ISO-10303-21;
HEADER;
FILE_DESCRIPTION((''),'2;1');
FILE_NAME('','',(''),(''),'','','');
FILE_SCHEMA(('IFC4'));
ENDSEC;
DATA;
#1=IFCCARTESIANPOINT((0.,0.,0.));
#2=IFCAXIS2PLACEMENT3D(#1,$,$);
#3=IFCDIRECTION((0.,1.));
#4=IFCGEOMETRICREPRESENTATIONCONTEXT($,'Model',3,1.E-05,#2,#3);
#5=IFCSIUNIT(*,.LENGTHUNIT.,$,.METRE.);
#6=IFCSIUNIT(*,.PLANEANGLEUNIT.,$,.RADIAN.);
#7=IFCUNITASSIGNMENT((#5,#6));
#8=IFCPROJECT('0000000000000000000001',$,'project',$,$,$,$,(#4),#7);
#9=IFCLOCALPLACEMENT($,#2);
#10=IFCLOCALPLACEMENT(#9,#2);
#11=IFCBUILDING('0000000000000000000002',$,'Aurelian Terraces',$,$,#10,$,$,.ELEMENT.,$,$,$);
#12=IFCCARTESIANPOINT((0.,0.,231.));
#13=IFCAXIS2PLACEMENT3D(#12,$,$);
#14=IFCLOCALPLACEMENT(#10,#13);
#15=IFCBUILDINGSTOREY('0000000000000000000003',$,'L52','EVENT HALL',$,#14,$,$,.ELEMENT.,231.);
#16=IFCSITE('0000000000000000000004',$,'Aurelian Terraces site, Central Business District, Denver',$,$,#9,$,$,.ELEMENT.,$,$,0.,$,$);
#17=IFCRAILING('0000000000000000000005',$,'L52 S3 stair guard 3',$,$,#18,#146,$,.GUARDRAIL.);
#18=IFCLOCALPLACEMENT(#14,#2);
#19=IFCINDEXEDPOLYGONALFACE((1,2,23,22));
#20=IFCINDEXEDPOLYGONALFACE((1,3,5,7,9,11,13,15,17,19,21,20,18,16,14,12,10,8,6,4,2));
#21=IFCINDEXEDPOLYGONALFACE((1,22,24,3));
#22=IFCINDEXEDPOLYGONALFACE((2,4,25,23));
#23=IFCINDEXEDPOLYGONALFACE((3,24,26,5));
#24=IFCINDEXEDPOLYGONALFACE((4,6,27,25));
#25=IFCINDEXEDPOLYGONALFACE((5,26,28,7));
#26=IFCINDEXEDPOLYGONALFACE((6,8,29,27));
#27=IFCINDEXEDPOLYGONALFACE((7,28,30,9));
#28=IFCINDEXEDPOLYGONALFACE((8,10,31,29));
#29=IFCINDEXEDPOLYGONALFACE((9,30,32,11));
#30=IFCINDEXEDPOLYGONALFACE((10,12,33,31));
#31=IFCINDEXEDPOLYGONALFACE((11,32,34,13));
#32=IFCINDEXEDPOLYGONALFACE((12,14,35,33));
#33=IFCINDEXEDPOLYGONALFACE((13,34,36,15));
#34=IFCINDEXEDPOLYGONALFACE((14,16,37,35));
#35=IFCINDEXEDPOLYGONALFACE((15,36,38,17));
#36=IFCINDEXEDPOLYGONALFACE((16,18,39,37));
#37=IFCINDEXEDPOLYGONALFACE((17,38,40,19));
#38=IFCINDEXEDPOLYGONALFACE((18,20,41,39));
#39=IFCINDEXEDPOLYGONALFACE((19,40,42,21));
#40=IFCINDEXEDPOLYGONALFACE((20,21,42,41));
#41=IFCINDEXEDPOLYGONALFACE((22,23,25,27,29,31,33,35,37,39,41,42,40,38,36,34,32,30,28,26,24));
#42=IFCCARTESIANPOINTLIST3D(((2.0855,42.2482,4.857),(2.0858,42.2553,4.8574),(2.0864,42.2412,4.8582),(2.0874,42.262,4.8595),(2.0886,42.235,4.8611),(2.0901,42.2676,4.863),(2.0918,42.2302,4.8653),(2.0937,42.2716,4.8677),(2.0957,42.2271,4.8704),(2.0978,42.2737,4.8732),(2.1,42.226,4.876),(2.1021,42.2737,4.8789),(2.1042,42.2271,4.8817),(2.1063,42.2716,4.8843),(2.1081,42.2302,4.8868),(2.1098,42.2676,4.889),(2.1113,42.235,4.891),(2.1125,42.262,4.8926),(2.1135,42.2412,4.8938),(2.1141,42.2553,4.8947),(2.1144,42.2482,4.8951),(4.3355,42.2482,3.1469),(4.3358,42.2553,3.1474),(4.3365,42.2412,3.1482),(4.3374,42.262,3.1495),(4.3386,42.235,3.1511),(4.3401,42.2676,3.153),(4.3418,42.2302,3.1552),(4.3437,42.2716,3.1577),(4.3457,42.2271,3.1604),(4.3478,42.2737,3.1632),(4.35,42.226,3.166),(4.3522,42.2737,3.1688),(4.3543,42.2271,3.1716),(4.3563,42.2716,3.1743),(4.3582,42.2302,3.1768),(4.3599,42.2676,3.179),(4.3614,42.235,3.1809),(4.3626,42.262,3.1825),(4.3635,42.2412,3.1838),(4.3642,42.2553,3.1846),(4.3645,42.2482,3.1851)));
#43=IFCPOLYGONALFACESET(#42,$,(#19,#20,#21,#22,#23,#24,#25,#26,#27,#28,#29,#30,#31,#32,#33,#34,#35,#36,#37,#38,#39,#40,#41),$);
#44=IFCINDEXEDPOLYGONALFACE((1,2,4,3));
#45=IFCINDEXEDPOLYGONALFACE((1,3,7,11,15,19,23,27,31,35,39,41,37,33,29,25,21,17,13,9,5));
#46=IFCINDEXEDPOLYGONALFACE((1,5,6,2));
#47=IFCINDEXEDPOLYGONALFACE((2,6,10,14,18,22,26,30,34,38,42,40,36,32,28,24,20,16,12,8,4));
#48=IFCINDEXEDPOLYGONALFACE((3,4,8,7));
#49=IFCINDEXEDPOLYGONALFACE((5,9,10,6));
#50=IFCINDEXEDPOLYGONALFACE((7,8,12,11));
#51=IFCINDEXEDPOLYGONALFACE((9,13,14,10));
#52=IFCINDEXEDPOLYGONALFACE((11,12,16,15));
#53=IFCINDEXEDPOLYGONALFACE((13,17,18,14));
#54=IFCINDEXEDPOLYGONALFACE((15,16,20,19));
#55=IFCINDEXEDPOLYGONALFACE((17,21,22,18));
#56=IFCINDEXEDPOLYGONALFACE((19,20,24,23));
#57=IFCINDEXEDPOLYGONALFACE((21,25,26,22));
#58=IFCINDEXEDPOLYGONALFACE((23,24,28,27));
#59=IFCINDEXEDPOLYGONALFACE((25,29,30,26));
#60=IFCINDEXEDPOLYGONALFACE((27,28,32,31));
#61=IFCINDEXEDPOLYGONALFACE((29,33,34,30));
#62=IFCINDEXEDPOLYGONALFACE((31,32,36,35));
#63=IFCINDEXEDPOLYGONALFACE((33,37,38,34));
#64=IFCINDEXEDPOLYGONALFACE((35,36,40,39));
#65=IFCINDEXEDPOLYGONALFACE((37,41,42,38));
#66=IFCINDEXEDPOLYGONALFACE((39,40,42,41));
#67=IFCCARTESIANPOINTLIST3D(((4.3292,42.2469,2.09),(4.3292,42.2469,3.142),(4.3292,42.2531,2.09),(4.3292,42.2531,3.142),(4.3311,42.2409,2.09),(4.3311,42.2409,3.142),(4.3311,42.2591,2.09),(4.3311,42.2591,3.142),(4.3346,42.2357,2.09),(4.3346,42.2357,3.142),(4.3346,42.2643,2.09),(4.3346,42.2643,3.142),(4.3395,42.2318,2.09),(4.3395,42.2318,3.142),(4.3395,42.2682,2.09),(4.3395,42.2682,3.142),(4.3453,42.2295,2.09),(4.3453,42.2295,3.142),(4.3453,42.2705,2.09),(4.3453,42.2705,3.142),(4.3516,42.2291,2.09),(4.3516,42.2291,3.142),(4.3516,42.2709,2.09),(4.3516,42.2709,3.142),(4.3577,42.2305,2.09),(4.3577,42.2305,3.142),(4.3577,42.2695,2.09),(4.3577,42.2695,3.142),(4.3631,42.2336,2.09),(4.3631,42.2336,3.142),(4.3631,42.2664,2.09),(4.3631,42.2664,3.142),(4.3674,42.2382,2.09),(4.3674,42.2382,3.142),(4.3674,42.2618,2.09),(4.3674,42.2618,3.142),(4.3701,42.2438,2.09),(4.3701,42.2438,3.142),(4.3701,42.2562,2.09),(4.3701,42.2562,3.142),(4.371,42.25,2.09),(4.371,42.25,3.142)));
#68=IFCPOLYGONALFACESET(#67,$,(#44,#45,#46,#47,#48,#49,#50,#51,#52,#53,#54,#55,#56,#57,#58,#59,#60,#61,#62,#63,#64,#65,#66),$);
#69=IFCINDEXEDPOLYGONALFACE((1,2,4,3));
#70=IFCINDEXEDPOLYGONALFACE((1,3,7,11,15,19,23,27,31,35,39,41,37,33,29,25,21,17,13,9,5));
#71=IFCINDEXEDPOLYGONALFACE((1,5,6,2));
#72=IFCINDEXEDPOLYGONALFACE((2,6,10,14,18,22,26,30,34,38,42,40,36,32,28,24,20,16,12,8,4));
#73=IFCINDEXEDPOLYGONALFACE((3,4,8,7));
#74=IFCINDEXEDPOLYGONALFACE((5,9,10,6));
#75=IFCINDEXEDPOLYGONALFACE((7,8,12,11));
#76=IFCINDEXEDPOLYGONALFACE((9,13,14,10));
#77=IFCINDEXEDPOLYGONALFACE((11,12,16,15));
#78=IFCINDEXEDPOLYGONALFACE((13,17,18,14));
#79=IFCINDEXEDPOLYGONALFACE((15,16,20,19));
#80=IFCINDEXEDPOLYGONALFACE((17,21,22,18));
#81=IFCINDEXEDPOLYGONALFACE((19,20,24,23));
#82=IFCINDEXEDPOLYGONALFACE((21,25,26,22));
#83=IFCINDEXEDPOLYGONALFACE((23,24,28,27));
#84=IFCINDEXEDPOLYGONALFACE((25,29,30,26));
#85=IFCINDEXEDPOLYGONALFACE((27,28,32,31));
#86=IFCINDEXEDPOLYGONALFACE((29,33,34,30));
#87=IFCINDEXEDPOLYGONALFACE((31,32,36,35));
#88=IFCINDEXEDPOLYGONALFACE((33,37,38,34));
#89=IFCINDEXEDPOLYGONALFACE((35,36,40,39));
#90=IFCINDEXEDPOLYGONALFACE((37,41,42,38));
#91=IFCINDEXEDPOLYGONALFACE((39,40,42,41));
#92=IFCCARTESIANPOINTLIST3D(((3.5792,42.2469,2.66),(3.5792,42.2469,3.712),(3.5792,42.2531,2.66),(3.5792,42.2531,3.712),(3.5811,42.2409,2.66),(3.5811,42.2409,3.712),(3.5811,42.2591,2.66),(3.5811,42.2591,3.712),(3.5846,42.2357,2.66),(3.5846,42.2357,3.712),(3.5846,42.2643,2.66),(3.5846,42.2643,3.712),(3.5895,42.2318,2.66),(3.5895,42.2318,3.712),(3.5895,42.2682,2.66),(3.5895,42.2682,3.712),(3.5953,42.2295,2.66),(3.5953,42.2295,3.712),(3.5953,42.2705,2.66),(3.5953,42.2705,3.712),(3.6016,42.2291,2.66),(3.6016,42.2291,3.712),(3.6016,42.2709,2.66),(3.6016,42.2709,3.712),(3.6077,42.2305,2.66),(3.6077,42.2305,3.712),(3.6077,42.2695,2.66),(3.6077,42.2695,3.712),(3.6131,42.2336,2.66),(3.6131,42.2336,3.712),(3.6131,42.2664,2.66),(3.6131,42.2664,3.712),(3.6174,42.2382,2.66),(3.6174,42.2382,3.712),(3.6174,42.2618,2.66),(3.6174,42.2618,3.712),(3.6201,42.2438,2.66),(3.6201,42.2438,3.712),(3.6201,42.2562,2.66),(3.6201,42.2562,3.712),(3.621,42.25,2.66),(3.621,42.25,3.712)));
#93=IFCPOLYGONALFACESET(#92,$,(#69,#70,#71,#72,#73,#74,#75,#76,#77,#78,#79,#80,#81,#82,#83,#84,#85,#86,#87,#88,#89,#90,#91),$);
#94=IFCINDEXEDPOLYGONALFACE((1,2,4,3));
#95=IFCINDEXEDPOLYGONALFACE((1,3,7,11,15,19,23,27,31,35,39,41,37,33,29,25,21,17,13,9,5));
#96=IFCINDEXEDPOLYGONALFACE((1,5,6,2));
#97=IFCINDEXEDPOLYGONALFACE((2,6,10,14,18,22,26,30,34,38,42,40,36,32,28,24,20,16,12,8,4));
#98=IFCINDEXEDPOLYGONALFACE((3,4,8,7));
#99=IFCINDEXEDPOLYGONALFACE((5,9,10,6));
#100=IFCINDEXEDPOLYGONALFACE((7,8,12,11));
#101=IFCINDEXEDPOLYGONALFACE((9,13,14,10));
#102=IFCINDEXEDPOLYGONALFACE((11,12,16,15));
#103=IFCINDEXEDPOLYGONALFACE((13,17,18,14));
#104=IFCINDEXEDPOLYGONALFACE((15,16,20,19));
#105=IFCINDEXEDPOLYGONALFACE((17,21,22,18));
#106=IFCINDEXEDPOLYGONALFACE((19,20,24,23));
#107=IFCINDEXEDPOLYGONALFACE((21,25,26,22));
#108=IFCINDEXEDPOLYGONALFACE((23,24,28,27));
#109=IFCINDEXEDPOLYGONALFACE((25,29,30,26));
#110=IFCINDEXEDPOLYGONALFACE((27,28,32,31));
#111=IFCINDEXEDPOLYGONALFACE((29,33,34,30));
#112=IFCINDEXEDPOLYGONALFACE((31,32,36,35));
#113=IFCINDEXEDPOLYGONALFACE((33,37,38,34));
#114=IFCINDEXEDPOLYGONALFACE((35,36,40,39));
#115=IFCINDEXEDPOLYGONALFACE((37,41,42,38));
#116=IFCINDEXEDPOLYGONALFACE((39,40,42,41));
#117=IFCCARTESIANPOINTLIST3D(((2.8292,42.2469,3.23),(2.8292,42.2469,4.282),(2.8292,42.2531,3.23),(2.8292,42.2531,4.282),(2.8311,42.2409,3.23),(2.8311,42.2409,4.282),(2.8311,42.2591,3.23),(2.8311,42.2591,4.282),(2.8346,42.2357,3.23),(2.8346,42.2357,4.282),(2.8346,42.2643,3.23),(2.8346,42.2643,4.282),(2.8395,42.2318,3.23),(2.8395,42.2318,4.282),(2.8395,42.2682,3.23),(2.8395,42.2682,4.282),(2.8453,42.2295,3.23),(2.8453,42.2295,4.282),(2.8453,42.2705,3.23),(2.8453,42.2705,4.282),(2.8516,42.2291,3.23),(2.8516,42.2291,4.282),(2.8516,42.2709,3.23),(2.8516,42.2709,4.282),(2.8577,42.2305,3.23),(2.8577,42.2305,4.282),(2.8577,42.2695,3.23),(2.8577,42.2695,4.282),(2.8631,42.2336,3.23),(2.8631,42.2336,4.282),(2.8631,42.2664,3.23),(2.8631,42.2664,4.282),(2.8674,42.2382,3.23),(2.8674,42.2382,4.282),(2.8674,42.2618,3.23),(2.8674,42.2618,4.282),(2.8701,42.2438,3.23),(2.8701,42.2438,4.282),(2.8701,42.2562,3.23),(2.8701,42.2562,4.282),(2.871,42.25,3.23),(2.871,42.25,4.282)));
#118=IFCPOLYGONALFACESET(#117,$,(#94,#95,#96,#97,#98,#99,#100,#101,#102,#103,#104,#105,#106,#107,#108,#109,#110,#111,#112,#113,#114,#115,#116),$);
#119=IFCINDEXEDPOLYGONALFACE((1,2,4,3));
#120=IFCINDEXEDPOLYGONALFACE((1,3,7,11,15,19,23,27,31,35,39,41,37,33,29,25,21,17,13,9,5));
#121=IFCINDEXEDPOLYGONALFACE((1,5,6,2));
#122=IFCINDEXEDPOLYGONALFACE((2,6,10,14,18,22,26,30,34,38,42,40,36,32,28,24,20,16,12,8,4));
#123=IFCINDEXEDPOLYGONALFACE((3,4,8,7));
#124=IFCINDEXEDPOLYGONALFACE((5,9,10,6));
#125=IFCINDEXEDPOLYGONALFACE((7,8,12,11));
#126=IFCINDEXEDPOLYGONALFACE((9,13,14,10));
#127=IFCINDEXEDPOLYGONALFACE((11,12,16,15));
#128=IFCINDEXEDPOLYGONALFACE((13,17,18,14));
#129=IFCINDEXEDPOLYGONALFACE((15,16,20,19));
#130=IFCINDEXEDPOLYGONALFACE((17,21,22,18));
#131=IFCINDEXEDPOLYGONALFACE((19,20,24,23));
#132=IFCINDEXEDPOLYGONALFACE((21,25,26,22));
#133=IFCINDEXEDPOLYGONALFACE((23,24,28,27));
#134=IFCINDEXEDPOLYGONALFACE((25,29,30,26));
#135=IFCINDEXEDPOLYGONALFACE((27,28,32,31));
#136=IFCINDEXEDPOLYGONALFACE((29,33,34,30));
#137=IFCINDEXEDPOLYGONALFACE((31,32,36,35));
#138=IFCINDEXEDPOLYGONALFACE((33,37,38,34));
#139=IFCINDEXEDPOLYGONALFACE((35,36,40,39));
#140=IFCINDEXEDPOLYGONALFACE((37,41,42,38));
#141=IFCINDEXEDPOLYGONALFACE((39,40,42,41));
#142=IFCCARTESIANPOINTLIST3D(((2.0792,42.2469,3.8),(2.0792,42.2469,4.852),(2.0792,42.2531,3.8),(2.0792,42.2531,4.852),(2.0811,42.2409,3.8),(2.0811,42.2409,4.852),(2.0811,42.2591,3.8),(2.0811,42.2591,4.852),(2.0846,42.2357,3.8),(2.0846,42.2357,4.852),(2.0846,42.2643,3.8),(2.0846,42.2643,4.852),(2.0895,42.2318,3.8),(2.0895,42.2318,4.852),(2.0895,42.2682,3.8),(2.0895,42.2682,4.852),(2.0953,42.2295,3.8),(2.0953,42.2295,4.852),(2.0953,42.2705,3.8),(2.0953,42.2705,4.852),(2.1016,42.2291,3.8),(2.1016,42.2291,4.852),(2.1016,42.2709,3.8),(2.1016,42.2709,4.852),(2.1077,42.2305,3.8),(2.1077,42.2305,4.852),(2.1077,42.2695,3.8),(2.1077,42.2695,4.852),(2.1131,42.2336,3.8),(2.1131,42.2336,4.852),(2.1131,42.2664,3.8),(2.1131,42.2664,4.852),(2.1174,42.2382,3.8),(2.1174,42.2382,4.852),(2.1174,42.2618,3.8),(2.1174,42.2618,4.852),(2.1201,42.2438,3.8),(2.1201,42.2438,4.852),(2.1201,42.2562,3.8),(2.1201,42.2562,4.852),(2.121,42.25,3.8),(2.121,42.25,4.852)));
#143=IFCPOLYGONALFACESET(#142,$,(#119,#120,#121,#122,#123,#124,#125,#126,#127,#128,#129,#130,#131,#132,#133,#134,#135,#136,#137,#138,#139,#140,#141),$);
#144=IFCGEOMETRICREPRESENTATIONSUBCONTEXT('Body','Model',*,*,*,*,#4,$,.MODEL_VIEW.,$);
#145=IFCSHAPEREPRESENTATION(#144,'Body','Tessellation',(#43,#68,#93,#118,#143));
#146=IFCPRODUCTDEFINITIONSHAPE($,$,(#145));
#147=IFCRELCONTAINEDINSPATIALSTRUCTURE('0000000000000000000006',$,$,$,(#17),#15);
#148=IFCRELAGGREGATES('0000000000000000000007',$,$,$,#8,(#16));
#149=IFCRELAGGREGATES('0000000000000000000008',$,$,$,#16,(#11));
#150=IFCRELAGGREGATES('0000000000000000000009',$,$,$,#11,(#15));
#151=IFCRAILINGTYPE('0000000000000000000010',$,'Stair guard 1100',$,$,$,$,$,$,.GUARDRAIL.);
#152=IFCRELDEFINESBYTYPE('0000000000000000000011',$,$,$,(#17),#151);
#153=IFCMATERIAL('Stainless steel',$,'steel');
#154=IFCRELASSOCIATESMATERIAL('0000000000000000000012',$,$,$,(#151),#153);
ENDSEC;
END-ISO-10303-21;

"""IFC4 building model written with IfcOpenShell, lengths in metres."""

from ifc_helpers import new_model, si_unit, direction, frame, origin, origin_2d, place, context, subcontext, project, spatial, circle, extrude, source, transform, mapped, material, type_object, element, save


model = new_model("IFC4")

# Units and contexts
model_context = context("Model", 3, precision=1e-05, world=origin(), true_north=direction((0.0, 1.0)))
body_context = subcontext(model_context, "Body", "Model", "MODEL_VIEW")
ifc_project = project(units=[si_unit("LENGTHUNIT", "METRE"), si_unit("PLANEANGLEUNIT", "RADIAN")], contexts=[model_context])

# Site, building, storey
site_placement = place(None, origin())
site = spatial("IfcSite", under=ifc_project, at=site_placement, Name="Aurelian Terraces site, Central Business District, Denver", CompositionType="ELEMENT", RefElevation=0.0)
building_placement = place(site_placement, origin())
building = spatial("IfcBuilding", under=site, at=building_placement, Name="Aurelian Terraces", CompositionType="ELEMENT")
storey_placement = place(building_placement, frame((0.0, 0.0, 231.0)))
storey = spatial("IfcBuildingStorey", under=building, at=storey_placement, Name="L52", Description="EVENT HALL", CompositionType="ELEMENT", Elevation=231.0)

# Railing
ifc_material_1 = material(Name="Stainless steel", Category="steel")
railing_type_1 = type_object("IfcRailingType", Name="Stair guard 1100", PredefinedType="GUARDRAIL", material=ifc_material_1)
shared_shape_1 = source(origin(), body_context, "Body", "SweptSolid", [
    extrude(circle(Radius=0.024, at=origin_2d()), frame((0.0, 0.0, 1.076), z_axis=(-0.796162, 0.0, 0.605083), x_axis=(0.0, -1.0, 0.0)), (0.0, 0.0, 1.0), 2.8261),
    extrude(circle(Radius=0.021, at=origin_2d()), origin(), (0.0, 0.0, 1.0), 1.052),
    extrude(circle(Radius=0.021, at=origin_2d()), frame((-0.75, 0.0, 0.57)), (0.0, 0.0, 1.0), 1.052),
    extrude(circle(Radius=0.021, at=origin_2d()), frame((-1.5, 0.0, 1.14)), (0.0, 0.0, 1.0), 1.052),
    extrude(circle(Radius=0.021, at=origin_2d()), frame((-2.25, 0.0, 1.71)), (0.0, 0.0, 1.0), 1.052),
])
railing_1_placement = place(storey_placement, frame((4.35, 42.25, 2.09)))
element("IfcRailing", 1, at=railing_1_placement, inside=storey, type_object=railing_type_1, Name="L52 S3 stair guard 3", PredefinedType="GUARDRAIL", context=body_context, shape_type="MappedRepresentation", body=[
    mapped(shared_shape_1, transform((0.0, 0.0, 0.0), scale=1.0)),
])

save(model, "model.ifc")
